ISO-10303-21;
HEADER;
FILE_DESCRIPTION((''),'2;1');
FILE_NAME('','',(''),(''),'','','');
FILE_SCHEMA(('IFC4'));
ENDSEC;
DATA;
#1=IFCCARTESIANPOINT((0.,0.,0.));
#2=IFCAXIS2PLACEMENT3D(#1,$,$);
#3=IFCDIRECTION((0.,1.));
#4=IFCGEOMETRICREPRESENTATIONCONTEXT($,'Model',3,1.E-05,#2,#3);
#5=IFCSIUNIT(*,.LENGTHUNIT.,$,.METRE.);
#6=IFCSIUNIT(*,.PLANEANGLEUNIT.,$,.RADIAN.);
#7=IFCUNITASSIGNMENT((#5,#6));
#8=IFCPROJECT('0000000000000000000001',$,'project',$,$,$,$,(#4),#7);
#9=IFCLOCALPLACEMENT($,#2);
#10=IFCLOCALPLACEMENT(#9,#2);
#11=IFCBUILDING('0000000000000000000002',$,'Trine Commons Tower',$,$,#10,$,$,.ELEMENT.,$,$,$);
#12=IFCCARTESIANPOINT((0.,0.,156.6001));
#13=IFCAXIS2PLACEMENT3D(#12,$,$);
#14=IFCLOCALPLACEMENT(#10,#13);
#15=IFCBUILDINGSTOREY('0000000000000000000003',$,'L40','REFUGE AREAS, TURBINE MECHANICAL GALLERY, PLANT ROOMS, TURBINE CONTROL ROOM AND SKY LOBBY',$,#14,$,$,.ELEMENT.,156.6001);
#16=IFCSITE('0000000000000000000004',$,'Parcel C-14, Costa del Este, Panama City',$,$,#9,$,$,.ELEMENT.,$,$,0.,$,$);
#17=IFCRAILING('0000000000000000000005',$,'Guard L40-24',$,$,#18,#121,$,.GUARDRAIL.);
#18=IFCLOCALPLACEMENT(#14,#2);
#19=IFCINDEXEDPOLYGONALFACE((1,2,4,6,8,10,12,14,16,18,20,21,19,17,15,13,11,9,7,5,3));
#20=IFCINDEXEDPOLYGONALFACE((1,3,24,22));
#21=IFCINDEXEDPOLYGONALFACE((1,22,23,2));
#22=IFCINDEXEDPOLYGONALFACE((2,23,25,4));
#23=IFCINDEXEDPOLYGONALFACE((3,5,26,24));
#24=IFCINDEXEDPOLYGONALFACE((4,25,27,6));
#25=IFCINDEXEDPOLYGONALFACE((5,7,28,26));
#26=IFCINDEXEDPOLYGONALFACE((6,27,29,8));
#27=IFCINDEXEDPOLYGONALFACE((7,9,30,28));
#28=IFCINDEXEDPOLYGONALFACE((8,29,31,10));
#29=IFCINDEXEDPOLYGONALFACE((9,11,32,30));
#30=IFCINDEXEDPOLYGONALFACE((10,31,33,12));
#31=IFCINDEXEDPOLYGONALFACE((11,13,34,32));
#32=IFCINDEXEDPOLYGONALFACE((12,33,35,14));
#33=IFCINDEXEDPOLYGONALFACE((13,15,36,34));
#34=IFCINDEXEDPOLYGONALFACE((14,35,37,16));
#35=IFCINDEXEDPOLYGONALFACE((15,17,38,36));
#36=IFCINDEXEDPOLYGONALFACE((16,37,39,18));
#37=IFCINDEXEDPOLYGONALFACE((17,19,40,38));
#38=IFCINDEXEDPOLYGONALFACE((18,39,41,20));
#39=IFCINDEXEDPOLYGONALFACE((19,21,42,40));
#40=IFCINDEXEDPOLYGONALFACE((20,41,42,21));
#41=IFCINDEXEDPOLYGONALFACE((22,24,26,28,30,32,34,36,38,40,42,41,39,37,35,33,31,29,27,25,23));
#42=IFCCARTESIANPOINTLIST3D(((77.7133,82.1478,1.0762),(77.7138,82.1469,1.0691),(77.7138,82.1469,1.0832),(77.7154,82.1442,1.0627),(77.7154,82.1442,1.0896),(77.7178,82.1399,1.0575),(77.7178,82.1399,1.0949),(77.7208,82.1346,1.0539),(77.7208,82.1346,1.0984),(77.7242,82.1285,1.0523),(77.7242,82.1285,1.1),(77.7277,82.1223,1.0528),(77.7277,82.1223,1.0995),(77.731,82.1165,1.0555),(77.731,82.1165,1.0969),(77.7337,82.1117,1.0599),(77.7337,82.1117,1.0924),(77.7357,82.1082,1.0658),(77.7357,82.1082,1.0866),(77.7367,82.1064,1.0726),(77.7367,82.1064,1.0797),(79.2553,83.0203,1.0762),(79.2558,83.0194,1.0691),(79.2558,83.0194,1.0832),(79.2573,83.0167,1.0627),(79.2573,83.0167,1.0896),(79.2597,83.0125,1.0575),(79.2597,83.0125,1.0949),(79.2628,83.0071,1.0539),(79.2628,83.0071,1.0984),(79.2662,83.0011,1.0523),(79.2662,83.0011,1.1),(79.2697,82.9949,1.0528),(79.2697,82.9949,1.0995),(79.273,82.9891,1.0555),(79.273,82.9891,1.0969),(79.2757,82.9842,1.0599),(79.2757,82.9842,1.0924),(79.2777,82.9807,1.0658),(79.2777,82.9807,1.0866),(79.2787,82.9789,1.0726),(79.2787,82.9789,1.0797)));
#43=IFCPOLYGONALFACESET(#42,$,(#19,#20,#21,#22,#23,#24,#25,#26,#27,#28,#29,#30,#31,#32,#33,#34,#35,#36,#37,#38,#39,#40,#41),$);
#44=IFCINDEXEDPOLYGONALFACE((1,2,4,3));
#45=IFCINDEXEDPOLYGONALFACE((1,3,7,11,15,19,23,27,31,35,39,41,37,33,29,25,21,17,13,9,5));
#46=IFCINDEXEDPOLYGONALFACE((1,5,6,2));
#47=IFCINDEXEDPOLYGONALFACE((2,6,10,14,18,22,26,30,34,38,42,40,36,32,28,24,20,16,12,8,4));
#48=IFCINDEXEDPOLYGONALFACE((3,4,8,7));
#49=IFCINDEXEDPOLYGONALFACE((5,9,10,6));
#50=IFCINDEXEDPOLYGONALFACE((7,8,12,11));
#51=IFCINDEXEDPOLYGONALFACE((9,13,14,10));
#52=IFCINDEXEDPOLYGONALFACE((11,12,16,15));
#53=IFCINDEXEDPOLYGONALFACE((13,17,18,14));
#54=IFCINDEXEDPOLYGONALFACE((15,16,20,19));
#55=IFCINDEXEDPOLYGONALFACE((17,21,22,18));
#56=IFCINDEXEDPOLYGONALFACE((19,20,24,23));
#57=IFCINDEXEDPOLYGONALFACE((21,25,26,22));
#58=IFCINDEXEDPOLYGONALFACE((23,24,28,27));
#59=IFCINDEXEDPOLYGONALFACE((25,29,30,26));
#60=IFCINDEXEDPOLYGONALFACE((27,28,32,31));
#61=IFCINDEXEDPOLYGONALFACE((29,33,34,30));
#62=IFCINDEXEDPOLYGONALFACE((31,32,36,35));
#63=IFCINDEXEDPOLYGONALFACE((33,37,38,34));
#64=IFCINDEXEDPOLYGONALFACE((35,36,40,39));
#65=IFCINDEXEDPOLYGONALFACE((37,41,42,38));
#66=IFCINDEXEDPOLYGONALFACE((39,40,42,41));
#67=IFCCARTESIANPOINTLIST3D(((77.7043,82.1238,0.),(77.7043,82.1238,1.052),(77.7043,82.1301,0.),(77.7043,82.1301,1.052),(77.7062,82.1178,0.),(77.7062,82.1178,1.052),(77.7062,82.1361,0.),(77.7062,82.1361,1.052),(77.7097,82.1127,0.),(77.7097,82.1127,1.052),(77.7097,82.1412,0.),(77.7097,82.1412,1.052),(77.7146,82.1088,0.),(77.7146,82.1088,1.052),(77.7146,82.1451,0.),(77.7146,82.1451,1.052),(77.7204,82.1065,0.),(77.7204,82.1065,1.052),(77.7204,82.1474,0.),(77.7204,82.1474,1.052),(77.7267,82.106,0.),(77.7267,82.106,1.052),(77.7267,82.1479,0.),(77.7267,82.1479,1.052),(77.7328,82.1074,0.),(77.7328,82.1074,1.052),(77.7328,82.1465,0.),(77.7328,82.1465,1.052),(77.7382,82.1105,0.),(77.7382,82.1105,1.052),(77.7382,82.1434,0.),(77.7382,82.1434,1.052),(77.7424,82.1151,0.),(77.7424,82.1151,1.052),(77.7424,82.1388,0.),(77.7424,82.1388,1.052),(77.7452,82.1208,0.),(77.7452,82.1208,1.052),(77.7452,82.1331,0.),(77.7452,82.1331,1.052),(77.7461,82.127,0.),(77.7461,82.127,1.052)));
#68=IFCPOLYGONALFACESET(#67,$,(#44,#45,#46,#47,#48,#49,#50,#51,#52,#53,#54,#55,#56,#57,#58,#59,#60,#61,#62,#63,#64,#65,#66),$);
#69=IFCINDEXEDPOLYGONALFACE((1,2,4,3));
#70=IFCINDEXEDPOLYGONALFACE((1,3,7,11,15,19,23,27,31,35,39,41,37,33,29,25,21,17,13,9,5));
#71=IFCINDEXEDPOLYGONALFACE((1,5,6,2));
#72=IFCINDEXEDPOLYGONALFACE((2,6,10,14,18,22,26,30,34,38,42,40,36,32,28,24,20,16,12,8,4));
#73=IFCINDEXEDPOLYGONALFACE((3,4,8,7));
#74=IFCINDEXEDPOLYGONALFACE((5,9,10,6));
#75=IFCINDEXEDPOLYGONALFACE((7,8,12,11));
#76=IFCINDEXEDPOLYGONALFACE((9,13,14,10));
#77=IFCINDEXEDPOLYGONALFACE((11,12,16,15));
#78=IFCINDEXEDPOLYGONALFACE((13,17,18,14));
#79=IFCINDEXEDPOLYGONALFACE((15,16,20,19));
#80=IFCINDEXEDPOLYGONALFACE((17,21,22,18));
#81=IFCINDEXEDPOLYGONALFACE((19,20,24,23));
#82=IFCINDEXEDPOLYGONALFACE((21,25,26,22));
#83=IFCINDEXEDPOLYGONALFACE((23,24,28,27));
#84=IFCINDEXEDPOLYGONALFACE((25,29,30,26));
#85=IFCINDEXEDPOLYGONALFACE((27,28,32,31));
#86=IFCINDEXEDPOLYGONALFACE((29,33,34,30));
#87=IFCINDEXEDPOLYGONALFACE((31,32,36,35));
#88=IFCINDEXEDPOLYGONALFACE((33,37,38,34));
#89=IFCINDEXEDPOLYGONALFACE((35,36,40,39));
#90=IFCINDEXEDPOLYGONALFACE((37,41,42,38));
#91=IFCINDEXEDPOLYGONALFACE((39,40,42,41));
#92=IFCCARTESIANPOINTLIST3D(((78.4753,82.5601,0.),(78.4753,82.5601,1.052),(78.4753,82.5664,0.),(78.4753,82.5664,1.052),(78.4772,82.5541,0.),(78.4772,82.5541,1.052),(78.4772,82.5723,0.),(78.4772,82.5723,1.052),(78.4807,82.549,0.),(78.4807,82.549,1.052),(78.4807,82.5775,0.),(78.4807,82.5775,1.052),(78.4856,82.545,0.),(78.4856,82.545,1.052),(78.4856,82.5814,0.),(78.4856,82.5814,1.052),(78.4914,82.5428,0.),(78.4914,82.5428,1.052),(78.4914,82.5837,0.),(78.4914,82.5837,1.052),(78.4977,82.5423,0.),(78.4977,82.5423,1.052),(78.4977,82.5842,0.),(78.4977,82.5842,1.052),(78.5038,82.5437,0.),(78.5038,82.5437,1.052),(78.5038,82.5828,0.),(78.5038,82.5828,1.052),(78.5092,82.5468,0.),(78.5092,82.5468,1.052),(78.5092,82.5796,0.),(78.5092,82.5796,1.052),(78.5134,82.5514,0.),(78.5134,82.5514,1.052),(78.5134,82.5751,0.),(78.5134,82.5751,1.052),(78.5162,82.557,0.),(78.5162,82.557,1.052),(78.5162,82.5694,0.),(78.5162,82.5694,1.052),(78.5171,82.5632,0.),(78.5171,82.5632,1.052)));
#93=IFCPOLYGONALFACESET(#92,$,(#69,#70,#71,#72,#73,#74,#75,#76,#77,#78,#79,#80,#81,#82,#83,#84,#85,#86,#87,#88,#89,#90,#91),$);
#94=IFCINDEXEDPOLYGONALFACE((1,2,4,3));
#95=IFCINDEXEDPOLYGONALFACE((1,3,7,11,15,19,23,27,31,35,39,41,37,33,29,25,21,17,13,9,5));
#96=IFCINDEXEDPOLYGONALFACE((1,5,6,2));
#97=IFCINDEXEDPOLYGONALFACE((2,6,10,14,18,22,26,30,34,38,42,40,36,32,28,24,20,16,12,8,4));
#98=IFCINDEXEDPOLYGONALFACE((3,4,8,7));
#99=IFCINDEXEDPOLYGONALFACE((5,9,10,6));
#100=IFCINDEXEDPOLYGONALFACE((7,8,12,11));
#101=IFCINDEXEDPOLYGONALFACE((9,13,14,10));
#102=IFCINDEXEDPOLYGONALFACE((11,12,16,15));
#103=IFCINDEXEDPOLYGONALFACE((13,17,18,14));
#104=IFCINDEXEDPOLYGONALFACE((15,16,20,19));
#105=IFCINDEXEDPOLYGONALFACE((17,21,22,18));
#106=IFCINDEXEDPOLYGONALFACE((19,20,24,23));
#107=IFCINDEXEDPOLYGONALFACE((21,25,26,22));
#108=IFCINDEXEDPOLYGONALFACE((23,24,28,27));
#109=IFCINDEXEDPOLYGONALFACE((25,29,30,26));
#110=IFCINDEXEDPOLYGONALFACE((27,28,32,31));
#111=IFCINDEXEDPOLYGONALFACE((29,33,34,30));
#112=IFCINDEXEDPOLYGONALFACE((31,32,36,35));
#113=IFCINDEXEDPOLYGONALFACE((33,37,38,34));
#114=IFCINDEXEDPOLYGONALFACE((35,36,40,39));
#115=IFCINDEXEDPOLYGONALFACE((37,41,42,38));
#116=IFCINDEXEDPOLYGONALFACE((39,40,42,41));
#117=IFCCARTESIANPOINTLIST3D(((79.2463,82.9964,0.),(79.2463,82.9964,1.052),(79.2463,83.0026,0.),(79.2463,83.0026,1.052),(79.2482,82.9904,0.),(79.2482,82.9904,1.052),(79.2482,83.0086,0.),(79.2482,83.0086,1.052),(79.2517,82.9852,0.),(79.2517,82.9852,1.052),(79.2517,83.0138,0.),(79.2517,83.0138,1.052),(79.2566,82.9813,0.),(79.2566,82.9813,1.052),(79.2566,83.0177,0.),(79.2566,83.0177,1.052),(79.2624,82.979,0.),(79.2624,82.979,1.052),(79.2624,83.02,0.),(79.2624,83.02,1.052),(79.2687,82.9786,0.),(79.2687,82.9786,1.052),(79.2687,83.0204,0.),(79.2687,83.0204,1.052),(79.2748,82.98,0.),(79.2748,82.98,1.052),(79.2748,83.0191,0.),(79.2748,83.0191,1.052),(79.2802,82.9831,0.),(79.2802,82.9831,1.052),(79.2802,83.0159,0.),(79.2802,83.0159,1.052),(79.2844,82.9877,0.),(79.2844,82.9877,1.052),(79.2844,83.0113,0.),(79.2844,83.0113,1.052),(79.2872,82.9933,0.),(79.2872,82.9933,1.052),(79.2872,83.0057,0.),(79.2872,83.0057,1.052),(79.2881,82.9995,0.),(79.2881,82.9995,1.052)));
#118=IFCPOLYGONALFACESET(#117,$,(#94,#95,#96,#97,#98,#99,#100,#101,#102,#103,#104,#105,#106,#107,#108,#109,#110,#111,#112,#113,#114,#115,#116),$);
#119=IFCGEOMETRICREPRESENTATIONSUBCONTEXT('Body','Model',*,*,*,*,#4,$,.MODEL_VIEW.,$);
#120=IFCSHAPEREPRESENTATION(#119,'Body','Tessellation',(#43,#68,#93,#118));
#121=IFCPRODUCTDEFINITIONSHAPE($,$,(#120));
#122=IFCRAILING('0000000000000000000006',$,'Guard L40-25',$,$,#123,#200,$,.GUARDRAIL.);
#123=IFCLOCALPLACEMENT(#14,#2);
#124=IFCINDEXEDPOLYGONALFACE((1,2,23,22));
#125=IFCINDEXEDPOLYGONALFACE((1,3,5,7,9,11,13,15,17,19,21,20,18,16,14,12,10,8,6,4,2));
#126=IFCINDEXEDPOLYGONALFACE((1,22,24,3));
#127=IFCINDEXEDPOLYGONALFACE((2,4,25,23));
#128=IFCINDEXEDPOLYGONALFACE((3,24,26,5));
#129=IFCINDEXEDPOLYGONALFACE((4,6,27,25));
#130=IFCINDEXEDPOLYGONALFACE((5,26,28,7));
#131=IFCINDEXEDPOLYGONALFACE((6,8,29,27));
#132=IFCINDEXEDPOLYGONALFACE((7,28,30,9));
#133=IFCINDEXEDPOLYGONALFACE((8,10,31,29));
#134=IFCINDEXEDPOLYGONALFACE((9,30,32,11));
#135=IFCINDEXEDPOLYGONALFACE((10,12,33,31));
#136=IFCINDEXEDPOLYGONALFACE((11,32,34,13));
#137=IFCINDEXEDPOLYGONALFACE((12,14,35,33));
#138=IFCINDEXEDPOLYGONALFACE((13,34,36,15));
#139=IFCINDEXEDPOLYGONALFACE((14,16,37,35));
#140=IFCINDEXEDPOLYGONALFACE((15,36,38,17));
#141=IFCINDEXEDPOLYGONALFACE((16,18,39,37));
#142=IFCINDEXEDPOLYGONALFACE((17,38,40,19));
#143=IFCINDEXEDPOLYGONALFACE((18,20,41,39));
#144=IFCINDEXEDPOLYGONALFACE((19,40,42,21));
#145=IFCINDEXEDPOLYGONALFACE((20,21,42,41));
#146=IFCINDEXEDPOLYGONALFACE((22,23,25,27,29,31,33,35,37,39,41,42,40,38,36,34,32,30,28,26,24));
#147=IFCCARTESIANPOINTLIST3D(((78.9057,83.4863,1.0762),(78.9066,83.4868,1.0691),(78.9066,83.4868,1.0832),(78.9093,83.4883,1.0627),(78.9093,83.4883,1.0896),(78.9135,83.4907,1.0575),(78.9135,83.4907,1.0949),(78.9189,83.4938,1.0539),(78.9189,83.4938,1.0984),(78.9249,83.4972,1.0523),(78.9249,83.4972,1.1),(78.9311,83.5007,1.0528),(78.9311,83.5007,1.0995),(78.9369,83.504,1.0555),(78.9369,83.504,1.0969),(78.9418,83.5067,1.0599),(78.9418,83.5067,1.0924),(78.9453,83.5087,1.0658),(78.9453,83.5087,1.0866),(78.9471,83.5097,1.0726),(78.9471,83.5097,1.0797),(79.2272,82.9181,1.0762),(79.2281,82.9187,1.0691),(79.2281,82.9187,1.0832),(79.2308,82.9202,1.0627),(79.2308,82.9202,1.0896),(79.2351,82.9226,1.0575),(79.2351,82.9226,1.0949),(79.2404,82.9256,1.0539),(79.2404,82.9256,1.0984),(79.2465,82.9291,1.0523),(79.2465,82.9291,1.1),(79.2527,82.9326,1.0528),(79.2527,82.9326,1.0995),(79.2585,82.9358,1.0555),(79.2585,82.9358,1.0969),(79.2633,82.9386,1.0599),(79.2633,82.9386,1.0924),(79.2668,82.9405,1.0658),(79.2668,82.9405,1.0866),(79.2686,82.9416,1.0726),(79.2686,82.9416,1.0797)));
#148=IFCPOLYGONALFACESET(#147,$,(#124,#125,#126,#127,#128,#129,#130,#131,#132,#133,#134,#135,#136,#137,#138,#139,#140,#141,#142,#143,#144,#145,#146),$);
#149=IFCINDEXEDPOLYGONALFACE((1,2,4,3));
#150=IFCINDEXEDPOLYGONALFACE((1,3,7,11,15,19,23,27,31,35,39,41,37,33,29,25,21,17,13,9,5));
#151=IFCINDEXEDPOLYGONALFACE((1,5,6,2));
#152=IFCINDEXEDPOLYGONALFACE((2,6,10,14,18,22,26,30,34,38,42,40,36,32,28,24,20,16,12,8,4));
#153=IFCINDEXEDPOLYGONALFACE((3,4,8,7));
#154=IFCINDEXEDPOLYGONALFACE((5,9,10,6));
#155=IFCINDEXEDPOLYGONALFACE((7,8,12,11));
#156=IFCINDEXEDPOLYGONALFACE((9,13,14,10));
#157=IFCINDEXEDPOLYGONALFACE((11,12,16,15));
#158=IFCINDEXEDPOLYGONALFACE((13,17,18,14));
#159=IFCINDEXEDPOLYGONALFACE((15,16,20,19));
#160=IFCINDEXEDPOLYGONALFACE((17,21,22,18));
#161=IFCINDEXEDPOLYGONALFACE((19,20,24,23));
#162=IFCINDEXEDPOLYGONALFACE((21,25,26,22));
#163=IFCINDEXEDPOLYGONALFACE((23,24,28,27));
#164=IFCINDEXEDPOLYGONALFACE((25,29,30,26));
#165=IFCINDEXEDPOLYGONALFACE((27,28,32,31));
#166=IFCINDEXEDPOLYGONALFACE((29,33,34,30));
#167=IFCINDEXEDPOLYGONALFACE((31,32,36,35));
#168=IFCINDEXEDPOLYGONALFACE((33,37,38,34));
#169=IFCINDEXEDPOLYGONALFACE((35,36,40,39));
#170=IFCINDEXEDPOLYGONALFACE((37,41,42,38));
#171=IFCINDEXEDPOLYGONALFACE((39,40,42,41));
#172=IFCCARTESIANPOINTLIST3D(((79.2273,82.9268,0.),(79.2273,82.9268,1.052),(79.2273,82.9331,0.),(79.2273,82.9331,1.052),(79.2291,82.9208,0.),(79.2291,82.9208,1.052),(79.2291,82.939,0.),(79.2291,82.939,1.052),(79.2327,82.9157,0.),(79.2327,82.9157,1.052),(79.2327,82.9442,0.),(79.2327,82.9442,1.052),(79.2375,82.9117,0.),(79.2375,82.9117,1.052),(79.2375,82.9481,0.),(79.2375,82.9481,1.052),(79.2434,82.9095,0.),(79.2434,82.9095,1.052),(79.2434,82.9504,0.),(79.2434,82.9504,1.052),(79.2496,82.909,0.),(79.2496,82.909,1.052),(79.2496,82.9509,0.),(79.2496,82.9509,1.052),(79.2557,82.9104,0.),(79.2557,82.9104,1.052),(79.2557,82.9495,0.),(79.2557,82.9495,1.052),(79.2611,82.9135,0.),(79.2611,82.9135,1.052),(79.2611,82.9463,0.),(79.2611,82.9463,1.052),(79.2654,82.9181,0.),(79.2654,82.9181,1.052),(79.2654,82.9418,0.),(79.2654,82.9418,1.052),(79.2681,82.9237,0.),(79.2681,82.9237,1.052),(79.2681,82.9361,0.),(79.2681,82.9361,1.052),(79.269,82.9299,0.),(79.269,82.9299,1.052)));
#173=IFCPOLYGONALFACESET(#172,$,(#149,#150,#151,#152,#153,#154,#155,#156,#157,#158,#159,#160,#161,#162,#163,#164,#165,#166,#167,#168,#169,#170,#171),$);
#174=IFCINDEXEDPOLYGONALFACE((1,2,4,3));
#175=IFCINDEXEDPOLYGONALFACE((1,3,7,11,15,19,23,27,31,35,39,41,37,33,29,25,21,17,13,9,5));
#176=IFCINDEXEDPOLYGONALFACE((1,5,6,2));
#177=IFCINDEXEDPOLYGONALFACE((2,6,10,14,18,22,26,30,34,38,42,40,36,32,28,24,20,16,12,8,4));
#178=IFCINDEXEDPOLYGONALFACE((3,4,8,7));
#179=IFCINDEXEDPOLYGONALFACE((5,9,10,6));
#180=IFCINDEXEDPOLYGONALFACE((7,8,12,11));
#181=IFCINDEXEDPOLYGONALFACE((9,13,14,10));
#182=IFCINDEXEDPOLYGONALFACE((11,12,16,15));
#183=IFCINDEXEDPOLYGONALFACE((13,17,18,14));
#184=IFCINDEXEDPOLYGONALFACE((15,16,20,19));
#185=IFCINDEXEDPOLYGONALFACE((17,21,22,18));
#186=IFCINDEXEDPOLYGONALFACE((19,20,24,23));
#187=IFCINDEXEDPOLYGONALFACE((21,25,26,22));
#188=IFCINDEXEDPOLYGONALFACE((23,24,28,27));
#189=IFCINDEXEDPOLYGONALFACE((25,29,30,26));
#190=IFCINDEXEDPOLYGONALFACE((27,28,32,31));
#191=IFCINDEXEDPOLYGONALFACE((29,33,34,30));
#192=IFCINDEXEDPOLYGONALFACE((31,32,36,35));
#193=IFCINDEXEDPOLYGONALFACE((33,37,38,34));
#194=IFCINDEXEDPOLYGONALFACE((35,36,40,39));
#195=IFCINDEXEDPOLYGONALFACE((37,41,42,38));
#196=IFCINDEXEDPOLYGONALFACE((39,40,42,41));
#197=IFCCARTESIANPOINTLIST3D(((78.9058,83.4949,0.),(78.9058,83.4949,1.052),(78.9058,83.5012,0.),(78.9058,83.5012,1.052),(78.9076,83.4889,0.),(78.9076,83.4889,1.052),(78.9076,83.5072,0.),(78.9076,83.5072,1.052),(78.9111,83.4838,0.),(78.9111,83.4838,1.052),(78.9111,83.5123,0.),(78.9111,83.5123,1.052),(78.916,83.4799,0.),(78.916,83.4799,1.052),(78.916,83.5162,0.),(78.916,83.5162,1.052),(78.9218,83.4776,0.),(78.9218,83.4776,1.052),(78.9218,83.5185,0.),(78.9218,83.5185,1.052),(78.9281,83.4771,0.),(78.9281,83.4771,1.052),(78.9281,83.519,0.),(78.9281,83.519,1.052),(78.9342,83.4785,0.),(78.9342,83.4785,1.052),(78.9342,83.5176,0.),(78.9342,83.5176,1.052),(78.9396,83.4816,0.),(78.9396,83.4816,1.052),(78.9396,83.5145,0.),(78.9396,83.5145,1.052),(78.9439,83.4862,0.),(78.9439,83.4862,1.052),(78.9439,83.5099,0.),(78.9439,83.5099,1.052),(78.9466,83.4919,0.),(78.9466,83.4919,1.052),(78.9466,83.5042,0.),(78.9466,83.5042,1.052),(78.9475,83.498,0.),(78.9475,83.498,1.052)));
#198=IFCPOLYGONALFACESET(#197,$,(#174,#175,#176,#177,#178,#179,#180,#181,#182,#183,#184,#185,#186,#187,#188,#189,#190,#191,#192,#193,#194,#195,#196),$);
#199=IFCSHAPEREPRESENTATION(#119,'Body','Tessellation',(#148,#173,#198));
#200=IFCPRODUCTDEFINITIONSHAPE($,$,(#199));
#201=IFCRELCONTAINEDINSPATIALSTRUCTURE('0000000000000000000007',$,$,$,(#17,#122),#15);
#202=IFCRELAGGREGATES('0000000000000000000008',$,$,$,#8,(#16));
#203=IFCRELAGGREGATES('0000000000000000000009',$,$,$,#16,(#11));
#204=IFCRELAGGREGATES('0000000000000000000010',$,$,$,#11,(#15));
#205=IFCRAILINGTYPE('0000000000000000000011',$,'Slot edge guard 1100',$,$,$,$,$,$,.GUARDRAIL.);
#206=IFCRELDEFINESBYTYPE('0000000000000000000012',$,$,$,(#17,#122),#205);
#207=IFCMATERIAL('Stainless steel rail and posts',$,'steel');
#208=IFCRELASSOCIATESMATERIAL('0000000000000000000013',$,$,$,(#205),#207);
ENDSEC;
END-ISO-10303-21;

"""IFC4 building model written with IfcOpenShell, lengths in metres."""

from ifc_helpers import new_model, si_unit, direction, frame, origin, origin_2d, place, context, subcontext, project, spatial, circle, extrude, material, type_object, element, save


model = new_model("IFC4")

# Units and contexts
model_context = context("Model", 3, precision=1e-05, world=origin(), true_north=direction((0.0, 1.0)))
body_context = subcontext(model_context, "Body", "Model", "MODEL_VIEW")
ifc_project = project(units=[si_unit("LENGTHUNIT", "METRE"), si_unit("PLANEANGLEUNIT", "RADIAN")], contexts=[model_context])

# Site, building, storey
site_placement = place(None, origin())
site = spatial("IfcSite", under=ifc_project, at=site_placement, Name="Parcel C-14, Costa del Este, Panama City", CompositionType="ELEMENT", RefElevation=0.0)
building_placement = place(site_placement, origin())
building = spatial("IfcBuilding", under=site, at=building_placement, Name="Trine Commons Tower", CompositionType="ELEMENT")
storey_placement = place(building_placement, frame((0.0, 0.0, 156.6001)))
storey = spatial("IfcBuildingStorey", under=building, at=storey_placement, Name="L40", Description="REFUGE AREAS, TURBINE MECHANICAL GALLERY, PLANT ROOMS, TURBINE CONTROL ROOM AND SKY LOBBY", CompositionType="ELEMENT", Elevation=156.6001)

# Railings
ifc_material_1 = material(Name="Stainless steel rail and posts", Category="steel")
railing_type = type_object("IfcRailingType", Name="Slot edge guard 1100", PredefinedType="GUARDRAIL", material=ifc_material_1)
railing_1_placement = place(storey_placement, frame((77.7251, 82.127, 0.0)))
element("IfcRailing", 1, at=railing_1_placement, inside=storey, type_object=railing_type, Name="Guard L40-24", PredefinedType="GUARDRAIL", context=body_context, shape_type="SweptSolid", body=[
    extrude(circle(Radius=0.0239, at=origin_2d()), frame((0.0, 0.0, 1.0762), z_axis=(0.870321, 0.492484, 0.0), x_axis=(-0.492484, 0.870321, 0.0)), (0.0, 0.0, 1.0), 1.7717),
    extrude(circle(Radius=0.021, at=origin_2d()), origin(), (0.0, 0.0, 1.0), 1.052),
    extrude(circle(Radius=0.021, at=origin_2d()), frame((0.771, 0.4363, 0.0)), (0.0, 0.0, 1.0), 1.052),
    extrude(circle(Radius=0.021, at=origin_2d()), frame((1.542, 0.8726, 0.0)), (0.0, 0.0, 1.0), 1.052),
])
railing_2_placement = place(storey_placement, frame((79.248, 82.9299, 0.0)))
element("IfcRailing", 2, at=railing_2_placement, inside=storey, type_object=railing_type, Name="Guard L40-25", PredefinedType="GUARDRAIL", context=body_context, shape_type="SweptSolid", body=[
    extrude(circle(Radius=0.0239, at=origin_2d()), frame((0.0, 0.0, 1.0762), z_axis=(-0.49255, 0.870284, 0.0), x_axis=(-0.870284, -0.49255, 0.0)), (0.0, 0.0, 1.0), 0.6528),
    extrude(circle(Radius=0.021, at=origin_2d()), origin(), (0.0, 0.0, 1.0), 1.052),
    extrude(circle(Radius=0.021, at=origin_2d()), frame((-0.3215, 0.5681, 0.0)), (0.0, 0.0, 1.0), 1.052),
])

save(model, "model.ifc")
